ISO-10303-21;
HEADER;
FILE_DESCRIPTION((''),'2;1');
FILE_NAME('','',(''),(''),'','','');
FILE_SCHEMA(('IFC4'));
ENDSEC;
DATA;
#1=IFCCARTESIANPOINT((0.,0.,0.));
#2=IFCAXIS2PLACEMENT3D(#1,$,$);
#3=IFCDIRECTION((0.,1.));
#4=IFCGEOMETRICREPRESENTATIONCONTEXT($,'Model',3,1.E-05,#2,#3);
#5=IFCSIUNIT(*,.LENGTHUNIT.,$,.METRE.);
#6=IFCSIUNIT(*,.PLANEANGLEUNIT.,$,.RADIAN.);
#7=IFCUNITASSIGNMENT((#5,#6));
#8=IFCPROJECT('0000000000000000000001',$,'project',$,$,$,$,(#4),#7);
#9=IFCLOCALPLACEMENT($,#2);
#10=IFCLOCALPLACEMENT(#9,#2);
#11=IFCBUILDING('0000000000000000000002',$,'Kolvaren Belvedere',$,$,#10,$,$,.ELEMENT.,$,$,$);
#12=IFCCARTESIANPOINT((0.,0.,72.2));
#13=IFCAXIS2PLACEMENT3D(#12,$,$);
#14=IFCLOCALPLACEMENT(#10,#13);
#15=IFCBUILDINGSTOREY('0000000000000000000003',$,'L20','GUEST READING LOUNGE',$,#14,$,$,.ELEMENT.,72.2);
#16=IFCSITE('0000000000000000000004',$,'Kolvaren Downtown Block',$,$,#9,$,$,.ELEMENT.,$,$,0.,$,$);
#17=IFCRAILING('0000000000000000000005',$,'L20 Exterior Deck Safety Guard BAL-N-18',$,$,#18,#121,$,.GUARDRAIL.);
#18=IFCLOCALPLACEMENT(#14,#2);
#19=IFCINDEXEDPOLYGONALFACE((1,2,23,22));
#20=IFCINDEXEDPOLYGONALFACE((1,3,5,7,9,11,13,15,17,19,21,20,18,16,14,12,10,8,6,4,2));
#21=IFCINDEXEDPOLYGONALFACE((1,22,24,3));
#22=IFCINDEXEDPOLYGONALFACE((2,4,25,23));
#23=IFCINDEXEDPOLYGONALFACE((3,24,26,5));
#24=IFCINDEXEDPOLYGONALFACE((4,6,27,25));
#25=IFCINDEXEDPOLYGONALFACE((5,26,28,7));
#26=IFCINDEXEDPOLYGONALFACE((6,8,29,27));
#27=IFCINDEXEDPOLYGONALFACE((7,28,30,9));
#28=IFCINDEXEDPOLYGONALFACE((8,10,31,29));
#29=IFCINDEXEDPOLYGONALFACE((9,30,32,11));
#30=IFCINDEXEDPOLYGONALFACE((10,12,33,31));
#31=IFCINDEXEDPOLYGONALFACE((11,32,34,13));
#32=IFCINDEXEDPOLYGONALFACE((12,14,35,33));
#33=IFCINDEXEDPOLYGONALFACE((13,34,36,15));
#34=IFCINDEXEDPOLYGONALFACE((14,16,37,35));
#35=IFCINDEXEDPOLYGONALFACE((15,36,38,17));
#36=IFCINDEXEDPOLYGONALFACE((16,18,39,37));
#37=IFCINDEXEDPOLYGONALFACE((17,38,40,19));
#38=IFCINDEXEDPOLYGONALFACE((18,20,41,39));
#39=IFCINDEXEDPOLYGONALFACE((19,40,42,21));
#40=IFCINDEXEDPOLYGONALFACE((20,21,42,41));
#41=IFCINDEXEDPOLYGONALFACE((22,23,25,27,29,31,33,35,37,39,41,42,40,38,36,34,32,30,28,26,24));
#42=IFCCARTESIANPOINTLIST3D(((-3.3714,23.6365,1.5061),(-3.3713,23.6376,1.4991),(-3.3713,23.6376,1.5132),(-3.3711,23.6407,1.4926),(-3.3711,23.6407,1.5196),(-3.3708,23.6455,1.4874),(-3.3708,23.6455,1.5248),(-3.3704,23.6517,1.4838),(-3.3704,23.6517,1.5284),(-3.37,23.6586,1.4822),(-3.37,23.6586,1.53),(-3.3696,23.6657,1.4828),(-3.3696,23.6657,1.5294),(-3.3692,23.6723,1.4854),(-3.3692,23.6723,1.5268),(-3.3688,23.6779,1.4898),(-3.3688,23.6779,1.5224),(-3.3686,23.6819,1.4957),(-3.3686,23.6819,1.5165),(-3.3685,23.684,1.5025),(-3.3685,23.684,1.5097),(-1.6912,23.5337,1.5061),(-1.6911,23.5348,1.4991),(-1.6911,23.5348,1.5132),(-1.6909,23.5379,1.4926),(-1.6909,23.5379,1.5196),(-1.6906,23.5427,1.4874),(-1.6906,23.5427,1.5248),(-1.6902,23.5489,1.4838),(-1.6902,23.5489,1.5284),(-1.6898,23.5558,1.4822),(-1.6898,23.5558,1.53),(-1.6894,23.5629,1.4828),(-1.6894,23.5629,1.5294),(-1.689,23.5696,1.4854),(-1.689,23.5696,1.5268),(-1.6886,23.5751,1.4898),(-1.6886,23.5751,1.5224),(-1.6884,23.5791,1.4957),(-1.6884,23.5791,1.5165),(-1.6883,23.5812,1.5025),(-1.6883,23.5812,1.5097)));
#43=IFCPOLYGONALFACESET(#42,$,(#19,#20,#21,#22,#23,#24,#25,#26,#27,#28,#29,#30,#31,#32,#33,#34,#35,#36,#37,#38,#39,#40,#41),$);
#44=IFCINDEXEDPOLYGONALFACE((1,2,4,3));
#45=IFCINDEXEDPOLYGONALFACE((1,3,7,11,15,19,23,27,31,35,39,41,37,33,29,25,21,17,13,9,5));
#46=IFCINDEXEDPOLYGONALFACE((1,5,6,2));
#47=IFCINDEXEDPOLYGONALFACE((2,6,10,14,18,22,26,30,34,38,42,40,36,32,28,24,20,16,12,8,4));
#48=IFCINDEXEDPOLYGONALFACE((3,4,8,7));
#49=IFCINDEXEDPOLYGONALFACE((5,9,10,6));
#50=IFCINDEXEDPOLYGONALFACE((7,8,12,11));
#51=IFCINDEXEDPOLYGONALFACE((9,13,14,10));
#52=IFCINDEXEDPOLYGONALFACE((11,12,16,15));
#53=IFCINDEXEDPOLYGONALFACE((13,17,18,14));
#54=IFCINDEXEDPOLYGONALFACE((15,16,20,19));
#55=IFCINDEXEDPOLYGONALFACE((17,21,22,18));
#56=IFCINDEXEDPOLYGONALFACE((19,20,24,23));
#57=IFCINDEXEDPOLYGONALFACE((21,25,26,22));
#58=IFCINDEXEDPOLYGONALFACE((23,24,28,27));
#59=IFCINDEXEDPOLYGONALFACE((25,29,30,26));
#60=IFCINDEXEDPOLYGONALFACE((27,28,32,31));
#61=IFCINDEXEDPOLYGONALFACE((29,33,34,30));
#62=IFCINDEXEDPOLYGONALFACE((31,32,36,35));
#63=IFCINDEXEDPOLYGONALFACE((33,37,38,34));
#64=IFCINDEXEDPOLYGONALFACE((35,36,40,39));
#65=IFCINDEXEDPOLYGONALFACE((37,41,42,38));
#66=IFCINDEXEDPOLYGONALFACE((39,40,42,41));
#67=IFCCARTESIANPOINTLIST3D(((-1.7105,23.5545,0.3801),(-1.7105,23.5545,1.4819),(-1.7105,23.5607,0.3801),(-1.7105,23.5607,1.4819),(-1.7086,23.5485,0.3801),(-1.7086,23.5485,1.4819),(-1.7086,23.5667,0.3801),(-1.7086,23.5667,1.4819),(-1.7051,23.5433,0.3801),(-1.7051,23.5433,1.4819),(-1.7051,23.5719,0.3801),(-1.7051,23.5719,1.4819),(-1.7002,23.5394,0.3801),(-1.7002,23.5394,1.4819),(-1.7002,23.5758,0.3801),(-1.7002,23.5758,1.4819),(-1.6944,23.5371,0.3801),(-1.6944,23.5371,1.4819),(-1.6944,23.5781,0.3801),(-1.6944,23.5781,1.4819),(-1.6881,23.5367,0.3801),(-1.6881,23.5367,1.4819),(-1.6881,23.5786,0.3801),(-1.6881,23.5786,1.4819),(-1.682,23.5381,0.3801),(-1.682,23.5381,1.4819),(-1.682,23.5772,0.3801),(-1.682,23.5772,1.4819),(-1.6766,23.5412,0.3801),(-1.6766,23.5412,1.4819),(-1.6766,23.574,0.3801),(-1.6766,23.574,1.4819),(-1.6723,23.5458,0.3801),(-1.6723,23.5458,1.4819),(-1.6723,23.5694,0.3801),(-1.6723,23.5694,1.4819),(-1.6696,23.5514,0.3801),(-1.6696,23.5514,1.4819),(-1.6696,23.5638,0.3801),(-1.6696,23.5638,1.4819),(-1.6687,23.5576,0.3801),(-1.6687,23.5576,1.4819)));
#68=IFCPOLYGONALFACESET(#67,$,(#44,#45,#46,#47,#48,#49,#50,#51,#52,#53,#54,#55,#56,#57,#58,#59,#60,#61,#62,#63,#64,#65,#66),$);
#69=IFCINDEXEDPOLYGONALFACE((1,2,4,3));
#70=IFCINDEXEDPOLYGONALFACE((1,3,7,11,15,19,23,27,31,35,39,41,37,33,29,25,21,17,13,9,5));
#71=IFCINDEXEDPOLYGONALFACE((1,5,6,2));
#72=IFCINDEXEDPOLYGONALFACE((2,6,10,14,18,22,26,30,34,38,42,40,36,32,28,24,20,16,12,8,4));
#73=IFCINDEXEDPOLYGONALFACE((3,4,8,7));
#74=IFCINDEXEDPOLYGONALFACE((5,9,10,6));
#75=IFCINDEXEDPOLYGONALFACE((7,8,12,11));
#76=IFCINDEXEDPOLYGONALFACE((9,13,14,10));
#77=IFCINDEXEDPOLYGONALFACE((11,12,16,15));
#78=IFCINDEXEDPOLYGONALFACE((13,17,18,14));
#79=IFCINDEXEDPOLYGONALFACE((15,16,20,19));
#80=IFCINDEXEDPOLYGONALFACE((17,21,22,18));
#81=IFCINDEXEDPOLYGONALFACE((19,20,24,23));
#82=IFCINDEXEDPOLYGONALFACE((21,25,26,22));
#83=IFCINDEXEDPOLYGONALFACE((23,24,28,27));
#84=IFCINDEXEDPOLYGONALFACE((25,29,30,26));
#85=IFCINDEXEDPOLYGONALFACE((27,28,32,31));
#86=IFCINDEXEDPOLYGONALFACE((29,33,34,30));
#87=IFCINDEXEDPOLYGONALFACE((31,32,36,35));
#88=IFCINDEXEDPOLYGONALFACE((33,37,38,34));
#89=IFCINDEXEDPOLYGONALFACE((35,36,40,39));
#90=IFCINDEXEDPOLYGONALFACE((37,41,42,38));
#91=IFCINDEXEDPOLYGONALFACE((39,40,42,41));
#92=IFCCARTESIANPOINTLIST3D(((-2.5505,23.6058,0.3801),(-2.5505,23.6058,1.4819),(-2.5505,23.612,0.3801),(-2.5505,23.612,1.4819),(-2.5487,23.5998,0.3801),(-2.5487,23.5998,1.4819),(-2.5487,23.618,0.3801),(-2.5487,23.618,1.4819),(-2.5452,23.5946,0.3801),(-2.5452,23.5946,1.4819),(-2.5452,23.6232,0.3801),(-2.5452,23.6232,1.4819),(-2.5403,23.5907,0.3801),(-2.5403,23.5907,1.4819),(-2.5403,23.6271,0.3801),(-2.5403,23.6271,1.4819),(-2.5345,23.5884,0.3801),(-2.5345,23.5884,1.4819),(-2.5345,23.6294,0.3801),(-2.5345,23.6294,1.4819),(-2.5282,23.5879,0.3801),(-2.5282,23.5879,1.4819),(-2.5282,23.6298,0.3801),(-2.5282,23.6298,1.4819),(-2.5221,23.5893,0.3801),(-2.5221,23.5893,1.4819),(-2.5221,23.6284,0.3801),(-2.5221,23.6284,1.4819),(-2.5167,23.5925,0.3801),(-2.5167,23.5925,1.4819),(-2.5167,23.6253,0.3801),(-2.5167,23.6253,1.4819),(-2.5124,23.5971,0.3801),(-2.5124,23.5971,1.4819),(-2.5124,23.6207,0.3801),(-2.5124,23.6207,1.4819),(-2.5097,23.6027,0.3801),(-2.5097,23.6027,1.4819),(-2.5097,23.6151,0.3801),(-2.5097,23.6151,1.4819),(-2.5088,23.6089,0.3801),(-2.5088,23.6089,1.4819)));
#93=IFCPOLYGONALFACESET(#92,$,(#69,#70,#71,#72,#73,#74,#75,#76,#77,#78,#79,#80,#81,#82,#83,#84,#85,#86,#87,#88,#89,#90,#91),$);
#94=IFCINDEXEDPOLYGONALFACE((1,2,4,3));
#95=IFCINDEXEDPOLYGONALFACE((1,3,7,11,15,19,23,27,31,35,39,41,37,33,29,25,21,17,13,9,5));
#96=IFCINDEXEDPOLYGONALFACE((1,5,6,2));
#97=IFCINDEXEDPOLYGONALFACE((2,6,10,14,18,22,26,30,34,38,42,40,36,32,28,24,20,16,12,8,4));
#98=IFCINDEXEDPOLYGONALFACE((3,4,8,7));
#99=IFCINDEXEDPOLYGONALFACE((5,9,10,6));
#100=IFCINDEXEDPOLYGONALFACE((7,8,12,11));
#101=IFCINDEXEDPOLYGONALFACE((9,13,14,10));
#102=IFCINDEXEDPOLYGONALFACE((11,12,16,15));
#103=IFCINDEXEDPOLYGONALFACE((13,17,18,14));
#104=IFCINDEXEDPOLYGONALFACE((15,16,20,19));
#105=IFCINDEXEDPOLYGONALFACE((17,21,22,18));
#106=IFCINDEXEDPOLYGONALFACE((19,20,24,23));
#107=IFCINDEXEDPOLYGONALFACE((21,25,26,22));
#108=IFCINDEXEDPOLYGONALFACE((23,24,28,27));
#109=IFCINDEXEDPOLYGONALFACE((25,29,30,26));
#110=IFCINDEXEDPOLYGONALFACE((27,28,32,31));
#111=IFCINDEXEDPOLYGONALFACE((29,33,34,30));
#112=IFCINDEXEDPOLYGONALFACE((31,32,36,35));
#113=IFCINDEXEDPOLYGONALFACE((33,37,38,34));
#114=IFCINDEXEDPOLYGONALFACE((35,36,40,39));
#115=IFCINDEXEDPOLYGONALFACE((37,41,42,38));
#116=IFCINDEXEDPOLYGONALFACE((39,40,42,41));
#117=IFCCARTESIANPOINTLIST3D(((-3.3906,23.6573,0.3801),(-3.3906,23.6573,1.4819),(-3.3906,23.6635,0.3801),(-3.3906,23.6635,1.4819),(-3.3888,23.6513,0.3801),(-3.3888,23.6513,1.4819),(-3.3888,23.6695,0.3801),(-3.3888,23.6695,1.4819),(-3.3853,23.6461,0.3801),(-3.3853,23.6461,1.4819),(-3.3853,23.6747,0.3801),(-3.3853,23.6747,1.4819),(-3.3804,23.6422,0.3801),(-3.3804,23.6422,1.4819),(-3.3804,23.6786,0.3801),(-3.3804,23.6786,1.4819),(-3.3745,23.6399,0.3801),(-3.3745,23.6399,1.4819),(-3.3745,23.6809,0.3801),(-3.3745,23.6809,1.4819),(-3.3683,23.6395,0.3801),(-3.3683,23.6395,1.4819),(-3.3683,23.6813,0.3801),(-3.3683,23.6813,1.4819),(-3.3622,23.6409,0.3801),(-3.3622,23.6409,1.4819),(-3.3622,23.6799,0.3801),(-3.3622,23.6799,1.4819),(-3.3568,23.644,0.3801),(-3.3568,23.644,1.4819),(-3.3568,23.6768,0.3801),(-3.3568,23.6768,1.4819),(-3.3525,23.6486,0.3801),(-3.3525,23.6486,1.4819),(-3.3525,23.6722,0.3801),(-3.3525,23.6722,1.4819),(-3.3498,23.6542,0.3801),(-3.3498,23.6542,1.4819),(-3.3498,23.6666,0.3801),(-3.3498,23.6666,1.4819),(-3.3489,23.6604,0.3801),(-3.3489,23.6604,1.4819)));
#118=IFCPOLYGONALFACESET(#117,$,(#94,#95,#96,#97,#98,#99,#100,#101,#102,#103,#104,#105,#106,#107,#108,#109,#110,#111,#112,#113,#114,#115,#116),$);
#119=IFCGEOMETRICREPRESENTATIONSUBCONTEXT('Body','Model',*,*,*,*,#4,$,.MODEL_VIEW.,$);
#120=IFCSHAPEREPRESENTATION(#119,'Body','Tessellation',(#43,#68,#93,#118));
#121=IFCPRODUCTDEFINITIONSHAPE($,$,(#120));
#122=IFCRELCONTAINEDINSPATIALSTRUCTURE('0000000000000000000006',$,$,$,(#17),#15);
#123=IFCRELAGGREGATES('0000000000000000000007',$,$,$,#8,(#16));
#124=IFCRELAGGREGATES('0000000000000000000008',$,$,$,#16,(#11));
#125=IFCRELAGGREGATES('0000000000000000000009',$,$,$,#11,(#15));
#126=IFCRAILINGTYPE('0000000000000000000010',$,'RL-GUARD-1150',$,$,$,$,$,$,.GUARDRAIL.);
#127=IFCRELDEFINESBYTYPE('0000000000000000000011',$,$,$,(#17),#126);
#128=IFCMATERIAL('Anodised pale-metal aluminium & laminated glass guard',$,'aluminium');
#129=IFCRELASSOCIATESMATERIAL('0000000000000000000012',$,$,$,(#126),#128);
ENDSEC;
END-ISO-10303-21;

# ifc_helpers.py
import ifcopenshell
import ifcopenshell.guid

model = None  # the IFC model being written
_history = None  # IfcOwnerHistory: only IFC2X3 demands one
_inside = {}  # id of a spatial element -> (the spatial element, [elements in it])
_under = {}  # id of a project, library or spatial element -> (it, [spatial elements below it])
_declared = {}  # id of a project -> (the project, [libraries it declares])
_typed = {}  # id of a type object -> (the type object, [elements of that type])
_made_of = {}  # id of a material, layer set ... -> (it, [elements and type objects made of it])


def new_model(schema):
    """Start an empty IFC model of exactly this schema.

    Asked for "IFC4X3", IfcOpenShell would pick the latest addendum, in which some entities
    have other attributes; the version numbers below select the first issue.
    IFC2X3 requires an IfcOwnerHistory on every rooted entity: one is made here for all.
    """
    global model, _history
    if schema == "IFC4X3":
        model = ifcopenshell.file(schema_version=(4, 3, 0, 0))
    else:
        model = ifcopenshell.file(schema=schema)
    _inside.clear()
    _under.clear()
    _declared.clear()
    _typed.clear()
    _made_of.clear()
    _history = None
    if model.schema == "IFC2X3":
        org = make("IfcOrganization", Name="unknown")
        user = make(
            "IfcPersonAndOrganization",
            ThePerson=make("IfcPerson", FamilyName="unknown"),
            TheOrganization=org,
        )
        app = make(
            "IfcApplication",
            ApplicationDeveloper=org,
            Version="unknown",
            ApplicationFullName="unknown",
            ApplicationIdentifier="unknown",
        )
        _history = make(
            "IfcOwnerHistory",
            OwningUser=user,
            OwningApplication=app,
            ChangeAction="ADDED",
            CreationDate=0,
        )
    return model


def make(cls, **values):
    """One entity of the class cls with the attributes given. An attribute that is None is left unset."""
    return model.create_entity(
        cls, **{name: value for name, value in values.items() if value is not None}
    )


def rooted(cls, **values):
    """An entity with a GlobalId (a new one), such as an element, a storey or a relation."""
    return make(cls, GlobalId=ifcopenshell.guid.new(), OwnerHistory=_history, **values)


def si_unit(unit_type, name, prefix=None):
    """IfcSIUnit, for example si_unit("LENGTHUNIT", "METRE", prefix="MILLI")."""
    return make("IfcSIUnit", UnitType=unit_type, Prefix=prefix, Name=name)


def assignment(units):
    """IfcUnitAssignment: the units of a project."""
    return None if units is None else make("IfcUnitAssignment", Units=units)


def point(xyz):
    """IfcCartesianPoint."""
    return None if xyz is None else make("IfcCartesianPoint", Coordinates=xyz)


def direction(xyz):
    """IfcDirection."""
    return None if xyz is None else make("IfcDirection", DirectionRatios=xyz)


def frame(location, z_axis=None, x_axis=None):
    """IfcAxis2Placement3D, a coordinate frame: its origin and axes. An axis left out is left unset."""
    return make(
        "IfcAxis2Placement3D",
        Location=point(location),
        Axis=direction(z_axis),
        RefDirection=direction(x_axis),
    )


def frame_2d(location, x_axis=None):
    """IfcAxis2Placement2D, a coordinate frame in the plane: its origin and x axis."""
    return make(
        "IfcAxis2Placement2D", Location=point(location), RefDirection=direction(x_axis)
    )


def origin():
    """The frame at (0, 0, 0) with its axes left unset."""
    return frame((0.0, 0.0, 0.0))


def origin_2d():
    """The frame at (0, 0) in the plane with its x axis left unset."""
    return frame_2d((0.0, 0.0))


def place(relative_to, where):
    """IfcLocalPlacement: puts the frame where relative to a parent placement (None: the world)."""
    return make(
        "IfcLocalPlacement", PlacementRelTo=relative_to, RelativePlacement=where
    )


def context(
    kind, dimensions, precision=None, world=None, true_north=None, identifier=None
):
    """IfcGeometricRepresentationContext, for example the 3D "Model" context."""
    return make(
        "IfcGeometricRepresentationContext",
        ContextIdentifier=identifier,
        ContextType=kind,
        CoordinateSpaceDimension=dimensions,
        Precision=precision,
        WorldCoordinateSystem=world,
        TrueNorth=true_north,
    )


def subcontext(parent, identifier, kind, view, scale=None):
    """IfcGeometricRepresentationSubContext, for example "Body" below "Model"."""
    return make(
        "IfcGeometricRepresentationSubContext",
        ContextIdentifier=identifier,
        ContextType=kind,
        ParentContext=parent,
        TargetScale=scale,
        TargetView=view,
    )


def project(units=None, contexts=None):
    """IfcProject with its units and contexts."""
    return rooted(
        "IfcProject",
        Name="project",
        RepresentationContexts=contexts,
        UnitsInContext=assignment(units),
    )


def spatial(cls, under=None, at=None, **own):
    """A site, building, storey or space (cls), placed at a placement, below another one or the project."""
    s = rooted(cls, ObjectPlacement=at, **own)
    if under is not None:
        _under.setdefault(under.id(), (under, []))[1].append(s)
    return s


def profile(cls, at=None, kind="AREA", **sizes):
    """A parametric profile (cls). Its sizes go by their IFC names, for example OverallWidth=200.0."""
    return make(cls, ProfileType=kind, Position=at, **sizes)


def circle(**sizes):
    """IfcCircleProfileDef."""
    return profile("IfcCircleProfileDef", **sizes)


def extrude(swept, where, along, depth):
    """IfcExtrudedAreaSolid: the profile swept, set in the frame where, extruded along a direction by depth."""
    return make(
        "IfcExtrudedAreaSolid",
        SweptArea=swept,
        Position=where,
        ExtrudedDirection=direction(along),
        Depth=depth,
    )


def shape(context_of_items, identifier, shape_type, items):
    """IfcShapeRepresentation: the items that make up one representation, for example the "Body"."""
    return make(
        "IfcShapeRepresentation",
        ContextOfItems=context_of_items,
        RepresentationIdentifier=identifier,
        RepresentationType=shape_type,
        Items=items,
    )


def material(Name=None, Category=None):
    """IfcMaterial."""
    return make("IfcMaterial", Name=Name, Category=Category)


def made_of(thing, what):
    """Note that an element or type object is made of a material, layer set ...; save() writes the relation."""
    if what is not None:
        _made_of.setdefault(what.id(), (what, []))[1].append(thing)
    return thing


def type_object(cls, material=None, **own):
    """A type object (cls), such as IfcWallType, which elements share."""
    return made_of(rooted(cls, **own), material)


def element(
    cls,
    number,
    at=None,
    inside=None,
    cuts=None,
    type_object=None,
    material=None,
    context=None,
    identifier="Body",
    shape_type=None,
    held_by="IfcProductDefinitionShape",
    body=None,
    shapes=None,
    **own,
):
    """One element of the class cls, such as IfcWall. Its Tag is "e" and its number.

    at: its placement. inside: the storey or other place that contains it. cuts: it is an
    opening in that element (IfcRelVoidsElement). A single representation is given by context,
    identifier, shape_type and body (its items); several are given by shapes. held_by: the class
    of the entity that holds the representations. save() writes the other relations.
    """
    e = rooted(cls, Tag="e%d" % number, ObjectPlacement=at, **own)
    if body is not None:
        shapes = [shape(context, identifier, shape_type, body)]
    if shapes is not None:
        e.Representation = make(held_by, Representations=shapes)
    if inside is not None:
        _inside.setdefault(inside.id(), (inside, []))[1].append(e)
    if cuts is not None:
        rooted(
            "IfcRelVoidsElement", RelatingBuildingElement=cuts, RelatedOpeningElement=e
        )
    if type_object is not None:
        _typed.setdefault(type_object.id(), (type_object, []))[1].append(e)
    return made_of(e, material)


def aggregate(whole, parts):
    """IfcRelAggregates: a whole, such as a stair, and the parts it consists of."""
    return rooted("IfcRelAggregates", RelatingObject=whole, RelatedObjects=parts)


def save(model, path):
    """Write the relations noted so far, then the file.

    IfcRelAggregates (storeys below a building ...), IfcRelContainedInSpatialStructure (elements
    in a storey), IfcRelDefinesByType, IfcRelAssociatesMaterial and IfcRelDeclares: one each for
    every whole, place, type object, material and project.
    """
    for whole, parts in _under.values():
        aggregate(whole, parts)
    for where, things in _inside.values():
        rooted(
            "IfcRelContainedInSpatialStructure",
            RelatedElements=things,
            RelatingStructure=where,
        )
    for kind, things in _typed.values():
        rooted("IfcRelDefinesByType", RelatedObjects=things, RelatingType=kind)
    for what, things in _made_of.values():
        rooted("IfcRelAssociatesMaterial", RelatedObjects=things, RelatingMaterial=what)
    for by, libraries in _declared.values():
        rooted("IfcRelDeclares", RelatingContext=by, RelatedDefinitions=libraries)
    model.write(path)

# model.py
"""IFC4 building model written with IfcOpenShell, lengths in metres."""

from ifc_helpers import new_model, si_unit, direction, frame, origin, origin_2d, place, context, subcontext, project, spatial, circle, extrude, material, type_object, element, save


model = new_model("IFC4")

# Units and contexts
model_context = context("Model", 3, precision=1e-05, world=origin(), true_north=direction((0.0, 1.0)))
body_context = subcontext(model_context, "Body", "Model", "MODEL_VIEW")
ifc_project = project(units=[si_unit("LENGTHUNIT", "METRE"), si_unit("PLANEANGLEUNIT", "RADIAN")], contexts=[model_context])

# Site, building, storey
site_placement = place(None, origin())
site = spatial("IfcSite", under=ifc_project, at=site_placement, Name="Kolvaren Downtown Block", CompositionType="ELEMENT", RefElevation=0.0)
building_placement = place(site_placement, origin())
building = spatial("IfcBuilding", under=site, at=building_placement, Name="Kolvaren Belvedere", CompositionType="ELEMENT")
storey_placement = place(building_placement, frame((0.0, 0.0, 72.2)))
storey = spatial("IfcBuildingStorey", under=building, at=storey_placement, Name="L20", Description="GUEST READING LOUNGE", CompositionType="ELEMENT", Elevation=72.2)

# Railing
ifc_material_1 = material(Name="Anodised pale-metal aluminium & laminated glass guard", Category="aluminium")
railing_type = type_object("IfcRailingType", Name="RL-GUARD-1150", PredefinedType="GUARDRAIL", material=ifc_material_1)
railing_1_placement = place(storey_placement, frame((-1.6897, 23.5576, 0.3801)))
element("IfcRailing", 1, at=railing_1_placement, inside=storey, type_object=railing_type, Name="L20 Exterior Deck Safety Guard BAL-N-18", PredefinedType="GUARDRAIL", context=body_context, shape_type="SweptSolid", body=[
    extrude(circle(Radius=0.0239, at=origin_2d()), frame((0.0, 0.0, 1.126), z_axis=(-0.998134, 0.06106, 0.0), x_axis=(-0.06106, -0.998134, 0.0)), (0.0, 0.0, 1.0), 1.6833),
    extrude(circle(Radius=0.021, at=origin_2d()), origin(), (0.0, 0.0, 1.0), 1.1018),
    extrude(circle(Radius=0.021, at=origin_2d()), frame((-0.8401, 0.0513, 0.0)), (0.0, 0.0, 1.0), 1.1018),
    extrude(circle(Radius=0.021, at=origin_2d()), frame((-1.6802, 0.1028, 0.0)), (0.0, 0.0, 1.0), 1.1018),
])

save(model, "model.ifc")
